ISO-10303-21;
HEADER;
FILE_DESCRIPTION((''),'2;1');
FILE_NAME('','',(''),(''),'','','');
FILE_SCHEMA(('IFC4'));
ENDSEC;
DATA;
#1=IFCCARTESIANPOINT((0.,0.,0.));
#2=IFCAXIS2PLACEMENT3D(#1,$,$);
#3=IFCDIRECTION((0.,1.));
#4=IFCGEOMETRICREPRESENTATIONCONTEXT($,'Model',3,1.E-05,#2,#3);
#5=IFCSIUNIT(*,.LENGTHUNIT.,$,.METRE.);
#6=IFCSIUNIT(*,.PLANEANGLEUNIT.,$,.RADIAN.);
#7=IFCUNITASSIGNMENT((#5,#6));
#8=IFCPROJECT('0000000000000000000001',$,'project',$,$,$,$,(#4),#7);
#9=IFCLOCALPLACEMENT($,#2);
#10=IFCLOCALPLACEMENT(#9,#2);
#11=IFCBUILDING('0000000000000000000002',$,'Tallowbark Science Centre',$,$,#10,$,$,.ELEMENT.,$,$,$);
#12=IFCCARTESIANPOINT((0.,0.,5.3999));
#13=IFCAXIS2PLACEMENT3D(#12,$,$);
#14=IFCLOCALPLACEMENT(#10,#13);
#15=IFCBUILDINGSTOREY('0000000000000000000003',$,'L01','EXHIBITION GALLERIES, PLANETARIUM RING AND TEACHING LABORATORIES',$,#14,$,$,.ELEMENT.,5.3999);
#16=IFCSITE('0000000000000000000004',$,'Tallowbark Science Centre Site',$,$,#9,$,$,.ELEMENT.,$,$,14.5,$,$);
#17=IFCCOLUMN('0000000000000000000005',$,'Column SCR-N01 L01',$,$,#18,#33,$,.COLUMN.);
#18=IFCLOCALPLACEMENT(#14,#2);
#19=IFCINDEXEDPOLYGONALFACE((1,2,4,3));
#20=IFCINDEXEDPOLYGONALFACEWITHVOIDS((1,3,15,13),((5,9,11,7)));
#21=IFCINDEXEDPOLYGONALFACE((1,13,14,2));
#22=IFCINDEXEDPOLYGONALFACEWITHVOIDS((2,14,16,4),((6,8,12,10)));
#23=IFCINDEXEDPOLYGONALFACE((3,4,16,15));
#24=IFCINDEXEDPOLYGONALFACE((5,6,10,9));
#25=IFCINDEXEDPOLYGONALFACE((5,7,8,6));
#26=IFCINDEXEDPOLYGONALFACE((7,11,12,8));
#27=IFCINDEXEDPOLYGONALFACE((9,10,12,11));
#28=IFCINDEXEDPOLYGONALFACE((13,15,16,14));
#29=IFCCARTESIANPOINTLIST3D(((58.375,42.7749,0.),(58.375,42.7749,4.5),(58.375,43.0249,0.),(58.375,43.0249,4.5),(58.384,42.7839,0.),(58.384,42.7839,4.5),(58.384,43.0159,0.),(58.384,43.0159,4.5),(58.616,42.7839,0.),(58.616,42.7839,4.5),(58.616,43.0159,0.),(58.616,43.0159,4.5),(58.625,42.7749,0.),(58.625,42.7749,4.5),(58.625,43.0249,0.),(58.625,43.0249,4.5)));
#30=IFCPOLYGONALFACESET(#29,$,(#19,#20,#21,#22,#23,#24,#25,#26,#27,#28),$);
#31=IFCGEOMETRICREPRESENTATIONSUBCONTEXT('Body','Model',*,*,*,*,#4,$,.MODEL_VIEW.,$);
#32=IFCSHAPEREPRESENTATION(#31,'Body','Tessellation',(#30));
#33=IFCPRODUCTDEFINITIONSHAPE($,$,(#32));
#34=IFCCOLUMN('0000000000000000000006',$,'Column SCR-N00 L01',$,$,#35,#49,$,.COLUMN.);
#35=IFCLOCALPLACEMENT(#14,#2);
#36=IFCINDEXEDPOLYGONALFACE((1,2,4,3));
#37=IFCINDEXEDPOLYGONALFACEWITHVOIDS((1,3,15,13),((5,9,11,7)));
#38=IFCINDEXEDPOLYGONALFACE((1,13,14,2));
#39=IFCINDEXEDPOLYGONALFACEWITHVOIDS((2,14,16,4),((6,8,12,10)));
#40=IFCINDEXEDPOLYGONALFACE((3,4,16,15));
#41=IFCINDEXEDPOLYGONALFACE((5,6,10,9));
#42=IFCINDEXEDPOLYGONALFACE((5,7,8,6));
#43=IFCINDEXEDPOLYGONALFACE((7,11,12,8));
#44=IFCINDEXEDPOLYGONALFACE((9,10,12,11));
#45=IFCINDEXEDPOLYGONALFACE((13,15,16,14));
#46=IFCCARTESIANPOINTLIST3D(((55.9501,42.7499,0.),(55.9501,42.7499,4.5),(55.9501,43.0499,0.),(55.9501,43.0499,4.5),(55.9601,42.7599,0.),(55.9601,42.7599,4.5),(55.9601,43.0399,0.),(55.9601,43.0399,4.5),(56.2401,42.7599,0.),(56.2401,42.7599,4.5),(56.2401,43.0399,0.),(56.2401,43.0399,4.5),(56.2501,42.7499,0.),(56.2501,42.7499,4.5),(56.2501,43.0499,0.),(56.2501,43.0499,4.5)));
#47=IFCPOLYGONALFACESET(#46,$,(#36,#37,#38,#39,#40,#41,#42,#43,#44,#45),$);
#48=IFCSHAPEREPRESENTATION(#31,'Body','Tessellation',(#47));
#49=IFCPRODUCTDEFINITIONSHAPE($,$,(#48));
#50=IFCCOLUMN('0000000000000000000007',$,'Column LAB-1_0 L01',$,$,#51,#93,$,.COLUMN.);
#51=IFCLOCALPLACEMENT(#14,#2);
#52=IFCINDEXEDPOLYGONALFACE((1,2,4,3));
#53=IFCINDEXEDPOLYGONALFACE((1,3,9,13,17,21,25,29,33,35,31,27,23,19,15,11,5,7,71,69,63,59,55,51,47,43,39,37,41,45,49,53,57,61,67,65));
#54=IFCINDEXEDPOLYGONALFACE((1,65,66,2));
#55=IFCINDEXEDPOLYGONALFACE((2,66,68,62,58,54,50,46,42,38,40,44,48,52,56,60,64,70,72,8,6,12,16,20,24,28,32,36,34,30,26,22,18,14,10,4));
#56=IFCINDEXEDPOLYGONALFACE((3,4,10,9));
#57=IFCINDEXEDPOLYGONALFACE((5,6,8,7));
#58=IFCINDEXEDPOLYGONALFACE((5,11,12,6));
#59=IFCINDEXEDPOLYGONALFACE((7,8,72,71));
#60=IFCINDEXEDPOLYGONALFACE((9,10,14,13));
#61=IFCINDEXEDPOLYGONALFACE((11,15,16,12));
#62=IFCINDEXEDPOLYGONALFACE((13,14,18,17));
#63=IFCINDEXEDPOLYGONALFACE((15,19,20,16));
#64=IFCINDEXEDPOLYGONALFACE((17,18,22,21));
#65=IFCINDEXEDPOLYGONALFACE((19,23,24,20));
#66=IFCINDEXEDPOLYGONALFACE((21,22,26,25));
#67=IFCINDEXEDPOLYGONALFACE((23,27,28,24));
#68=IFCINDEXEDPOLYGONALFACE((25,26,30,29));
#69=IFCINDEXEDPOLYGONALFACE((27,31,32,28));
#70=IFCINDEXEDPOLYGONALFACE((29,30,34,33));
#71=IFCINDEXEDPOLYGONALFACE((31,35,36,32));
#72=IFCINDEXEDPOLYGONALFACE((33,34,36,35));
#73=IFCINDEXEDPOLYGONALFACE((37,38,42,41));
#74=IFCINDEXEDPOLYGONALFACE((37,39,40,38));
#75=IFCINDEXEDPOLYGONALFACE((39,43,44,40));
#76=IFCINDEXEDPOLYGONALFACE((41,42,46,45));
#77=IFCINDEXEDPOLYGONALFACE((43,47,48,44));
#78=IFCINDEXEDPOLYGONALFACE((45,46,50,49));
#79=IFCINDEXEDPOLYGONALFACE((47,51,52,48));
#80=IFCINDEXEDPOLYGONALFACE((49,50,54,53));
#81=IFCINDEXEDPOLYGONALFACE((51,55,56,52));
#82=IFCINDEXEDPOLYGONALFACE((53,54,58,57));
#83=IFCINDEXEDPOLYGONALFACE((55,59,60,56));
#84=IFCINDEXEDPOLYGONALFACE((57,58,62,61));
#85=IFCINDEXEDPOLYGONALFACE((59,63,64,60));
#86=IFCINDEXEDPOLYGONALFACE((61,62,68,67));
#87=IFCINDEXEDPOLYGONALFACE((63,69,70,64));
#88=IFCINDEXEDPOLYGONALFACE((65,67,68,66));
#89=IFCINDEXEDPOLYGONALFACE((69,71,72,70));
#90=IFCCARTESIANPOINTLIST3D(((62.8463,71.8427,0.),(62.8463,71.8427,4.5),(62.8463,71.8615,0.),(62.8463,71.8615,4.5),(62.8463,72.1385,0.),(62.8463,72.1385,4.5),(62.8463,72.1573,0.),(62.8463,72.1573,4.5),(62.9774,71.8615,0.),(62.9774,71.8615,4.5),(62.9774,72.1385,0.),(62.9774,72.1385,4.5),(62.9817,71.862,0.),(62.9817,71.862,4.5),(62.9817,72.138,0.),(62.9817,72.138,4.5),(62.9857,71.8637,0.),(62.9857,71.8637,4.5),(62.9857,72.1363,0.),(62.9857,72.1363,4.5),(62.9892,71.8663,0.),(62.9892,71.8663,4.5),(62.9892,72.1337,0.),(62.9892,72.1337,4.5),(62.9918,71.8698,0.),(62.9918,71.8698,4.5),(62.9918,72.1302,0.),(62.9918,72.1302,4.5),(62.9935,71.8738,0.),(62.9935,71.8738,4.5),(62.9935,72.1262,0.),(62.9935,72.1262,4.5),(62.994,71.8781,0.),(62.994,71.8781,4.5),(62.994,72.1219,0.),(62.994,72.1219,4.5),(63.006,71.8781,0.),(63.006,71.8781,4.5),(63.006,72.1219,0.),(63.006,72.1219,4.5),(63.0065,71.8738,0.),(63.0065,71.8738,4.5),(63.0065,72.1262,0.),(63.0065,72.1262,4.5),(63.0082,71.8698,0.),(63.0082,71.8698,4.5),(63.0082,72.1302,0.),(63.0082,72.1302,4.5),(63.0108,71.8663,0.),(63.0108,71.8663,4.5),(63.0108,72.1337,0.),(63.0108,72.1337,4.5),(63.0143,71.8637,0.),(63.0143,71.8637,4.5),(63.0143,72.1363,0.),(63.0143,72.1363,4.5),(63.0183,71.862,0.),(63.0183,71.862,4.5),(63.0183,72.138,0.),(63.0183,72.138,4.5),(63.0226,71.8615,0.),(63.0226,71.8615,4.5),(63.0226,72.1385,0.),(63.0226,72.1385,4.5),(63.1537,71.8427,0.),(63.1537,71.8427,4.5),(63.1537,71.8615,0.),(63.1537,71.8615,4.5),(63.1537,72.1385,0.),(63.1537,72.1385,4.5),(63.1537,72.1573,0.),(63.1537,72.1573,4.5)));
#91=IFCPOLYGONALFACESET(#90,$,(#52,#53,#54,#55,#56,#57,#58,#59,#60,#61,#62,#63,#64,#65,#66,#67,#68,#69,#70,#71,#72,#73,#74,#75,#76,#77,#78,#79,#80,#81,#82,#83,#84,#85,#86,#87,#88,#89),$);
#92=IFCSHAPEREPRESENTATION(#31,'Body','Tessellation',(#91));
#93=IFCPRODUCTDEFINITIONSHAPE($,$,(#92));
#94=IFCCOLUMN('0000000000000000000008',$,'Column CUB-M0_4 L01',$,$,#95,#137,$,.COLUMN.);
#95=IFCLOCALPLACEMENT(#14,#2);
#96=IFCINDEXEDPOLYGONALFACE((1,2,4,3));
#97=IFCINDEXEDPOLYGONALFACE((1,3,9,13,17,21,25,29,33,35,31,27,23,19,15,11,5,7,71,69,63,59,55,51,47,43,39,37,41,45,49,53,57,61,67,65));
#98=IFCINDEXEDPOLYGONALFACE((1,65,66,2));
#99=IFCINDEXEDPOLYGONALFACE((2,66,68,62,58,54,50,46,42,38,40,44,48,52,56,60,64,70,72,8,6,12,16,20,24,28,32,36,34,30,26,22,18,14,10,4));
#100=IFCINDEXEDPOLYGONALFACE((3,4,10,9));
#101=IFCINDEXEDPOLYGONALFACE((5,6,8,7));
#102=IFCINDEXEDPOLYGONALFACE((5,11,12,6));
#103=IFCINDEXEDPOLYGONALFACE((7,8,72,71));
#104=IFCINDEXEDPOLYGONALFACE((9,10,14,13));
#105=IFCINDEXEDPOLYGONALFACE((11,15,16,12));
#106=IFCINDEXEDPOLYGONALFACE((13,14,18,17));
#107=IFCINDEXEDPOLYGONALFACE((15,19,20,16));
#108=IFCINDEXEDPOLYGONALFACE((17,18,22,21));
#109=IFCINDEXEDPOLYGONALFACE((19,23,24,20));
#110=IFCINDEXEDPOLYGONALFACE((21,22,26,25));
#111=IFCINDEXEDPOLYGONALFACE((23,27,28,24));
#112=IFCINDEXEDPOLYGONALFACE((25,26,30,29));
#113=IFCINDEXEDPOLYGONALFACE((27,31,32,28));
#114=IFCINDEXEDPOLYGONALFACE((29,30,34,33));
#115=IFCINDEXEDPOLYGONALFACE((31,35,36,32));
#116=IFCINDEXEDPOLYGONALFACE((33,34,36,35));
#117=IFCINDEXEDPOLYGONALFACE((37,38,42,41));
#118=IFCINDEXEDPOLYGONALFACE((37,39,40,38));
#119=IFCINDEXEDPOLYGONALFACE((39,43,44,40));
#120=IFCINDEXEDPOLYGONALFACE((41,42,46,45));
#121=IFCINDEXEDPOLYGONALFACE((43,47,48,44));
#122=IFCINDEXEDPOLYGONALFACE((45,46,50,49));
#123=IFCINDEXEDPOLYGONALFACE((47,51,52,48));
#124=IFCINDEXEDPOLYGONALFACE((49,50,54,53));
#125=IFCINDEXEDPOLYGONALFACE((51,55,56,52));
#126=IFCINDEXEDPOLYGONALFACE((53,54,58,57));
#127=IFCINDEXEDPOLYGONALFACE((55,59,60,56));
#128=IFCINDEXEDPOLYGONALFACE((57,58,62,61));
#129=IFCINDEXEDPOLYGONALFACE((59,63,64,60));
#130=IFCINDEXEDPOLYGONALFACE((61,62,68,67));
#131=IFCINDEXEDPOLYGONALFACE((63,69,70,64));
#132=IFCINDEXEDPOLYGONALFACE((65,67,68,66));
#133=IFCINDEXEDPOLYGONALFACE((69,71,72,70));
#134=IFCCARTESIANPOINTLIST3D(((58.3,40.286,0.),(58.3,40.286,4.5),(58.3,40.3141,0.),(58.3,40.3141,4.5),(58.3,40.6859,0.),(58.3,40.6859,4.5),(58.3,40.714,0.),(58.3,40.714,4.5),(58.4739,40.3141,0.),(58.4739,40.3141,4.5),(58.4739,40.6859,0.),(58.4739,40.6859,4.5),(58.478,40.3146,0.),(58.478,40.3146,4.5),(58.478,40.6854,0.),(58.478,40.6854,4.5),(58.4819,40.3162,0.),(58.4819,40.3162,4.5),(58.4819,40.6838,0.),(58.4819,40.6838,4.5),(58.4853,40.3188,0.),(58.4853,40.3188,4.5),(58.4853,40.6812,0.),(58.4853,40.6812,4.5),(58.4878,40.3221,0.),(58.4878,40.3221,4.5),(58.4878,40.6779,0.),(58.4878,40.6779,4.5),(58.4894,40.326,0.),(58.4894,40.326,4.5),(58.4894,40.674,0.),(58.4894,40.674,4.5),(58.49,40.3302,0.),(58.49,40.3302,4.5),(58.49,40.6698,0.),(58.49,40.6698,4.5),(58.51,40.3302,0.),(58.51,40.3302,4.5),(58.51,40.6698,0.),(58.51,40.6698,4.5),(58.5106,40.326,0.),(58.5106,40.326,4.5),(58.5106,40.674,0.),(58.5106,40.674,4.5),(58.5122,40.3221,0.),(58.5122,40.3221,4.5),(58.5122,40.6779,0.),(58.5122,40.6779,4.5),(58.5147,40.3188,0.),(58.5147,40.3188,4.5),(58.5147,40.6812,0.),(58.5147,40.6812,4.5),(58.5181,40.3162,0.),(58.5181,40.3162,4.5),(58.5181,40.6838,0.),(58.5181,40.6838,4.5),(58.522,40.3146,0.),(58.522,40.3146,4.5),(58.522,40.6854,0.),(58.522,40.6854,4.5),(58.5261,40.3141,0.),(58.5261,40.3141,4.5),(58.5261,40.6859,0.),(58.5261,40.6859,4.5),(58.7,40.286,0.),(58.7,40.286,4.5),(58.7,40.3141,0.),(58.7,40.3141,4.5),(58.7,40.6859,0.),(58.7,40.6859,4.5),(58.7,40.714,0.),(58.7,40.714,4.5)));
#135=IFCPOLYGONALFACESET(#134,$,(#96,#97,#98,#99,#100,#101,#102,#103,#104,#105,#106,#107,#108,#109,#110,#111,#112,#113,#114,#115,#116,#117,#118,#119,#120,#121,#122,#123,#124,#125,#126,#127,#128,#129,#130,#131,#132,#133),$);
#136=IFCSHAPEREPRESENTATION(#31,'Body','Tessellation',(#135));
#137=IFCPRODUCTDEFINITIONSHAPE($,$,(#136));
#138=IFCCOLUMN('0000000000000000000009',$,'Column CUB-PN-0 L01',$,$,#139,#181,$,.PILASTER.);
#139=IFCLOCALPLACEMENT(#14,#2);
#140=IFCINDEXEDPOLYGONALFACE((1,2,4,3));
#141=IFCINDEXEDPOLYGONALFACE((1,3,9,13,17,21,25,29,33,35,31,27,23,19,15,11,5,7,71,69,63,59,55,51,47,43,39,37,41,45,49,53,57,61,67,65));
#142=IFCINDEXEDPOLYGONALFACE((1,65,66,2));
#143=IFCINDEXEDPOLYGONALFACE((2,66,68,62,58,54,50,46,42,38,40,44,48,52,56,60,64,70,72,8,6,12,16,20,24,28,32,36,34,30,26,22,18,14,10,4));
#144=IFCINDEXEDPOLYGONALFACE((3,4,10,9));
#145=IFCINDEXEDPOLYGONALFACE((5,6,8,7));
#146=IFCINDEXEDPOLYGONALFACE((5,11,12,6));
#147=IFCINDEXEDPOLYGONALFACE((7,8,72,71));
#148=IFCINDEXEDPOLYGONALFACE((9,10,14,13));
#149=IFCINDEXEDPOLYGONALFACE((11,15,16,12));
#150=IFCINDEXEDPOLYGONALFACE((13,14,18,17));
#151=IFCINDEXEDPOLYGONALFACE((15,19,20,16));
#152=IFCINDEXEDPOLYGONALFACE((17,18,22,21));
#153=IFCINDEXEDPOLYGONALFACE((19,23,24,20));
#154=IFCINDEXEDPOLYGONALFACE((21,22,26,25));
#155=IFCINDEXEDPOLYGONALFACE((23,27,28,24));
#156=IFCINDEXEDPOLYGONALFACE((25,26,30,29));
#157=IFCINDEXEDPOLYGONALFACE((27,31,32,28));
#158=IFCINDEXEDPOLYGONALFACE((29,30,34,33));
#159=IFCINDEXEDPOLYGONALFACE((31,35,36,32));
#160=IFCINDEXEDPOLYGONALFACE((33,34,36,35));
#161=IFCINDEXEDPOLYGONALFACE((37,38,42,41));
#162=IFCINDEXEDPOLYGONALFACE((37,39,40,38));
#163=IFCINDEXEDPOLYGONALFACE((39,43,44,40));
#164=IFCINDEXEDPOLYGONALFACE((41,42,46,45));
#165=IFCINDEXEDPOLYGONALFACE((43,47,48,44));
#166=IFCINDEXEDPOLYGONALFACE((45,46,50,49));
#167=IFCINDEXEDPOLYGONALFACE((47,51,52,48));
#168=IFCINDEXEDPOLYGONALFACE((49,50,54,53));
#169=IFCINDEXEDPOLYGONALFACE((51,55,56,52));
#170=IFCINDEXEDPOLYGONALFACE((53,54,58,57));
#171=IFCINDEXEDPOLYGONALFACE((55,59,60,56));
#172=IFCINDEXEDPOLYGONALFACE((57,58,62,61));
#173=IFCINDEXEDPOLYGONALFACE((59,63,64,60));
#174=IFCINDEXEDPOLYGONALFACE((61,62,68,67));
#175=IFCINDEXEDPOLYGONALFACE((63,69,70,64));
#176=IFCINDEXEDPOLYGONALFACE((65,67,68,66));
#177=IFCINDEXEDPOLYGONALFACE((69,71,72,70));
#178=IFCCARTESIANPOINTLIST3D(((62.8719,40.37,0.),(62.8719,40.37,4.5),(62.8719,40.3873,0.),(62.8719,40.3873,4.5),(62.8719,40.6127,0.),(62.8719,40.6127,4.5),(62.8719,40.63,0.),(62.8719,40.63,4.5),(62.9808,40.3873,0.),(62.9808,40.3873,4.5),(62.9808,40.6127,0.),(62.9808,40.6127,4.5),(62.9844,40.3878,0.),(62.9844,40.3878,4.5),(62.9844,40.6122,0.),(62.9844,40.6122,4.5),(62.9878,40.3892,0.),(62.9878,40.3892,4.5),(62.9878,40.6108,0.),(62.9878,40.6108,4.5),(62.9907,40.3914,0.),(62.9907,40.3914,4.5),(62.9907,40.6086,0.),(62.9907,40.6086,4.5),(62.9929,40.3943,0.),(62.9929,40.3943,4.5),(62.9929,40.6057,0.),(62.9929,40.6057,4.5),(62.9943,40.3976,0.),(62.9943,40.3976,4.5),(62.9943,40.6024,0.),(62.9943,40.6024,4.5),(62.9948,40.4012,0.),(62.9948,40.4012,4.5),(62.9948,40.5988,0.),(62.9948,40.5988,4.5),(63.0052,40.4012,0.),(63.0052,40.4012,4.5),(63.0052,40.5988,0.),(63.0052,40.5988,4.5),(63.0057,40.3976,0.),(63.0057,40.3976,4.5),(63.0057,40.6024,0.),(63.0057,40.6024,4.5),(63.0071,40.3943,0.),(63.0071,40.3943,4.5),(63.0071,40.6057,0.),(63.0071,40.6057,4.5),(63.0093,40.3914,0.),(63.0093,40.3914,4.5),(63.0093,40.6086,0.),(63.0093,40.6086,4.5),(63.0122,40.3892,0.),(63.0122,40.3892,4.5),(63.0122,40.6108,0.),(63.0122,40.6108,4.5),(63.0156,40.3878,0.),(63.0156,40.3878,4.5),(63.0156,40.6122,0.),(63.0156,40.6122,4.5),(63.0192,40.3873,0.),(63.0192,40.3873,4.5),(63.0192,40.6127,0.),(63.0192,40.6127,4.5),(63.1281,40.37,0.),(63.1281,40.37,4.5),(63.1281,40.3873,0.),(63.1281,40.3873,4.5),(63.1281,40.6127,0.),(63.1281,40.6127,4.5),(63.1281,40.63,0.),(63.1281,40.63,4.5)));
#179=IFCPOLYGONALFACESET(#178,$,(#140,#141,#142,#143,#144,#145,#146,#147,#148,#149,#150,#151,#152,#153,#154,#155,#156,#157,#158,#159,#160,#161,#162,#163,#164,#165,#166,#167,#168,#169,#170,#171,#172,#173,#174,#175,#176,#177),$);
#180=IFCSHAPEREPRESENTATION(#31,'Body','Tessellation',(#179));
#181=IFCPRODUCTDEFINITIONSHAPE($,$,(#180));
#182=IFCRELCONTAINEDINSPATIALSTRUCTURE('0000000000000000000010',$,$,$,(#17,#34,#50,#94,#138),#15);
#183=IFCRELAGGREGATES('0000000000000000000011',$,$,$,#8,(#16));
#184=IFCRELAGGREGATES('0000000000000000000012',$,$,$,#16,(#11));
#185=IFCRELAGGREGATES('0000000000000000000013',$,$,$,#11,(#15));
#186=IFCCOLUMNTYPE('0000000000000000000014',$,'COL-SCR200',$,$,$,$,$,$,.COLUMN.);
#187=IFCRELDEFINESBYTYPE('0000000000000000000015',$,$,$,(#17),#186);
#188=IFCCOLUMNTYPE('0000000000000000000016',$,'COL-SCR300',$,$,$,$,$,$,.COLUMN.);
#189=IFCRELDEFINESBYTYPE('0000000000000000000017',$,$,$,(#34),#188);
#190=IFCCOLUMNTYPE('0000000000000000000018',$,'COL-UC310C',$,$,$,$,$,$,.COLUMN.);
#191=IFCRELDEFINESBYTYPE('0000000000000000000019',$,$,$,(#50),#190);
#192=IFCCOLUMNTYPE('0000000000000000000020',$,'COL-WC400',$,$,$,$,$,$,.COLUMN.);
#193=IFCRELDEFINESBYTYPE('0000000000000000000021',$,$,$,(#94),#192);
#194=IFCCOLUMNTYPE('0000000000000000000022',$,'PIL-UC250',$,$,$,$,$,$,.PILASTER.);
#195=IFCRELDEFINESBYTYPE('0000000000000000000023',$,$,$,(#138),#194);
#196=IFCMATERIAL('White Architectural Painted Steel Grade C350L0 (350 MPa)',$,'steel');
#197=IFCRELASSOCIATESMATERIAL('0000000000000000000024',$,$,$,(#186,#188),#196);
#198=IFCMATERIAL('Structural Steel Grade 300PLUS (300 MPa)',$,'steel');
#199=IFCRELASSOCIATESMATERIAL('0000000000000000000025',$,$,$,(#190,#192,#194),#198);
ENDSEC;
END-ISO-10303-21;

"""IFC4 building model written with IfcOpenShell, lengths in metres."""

from ifc_helpers import new_model, si_unit, direction, frame, origin, origin_2d, place, context, subcontext, project, spatial, hollow_rectangle, i_section, extrude, material, material_profile, profile_set, type_object, element, save


model = new_model("IFC4")

# Units and contexts
model_context = context("Model", 3, precision=1e-05, world=origin(), true_north=direction((0.0, 1.0)))
body_context = subcontext(model_context, "Body", "Model", "MODEL_VIEW")
ifc_project = project(units=[si_unit("LENGTHUNIT", "METRE"), si_unit("PLANEANGLEUNIT", "RADIAN")], contexts=[model_context])

# Site, building, storey
site_placement = place(None, origin())
site = spatial("IfcSite", under=ifc_project, at=site_placement, Name="Tallowbark Science Centre Site", CompositionType="ELEMENT", RefElevation=14.5)
building_placement = place(site_placement, origin())
building = spatial("IfcBuilding", under=site, at=building_placement, Name="Tallowbark Science Centre", CompositionType="ELEMENT")
storey_placement = place(building_placement, frame((0.0, 0.0, 5.3999)))
storey = spatial("IfcBuildingStorey", under=building, at=storey_placement, Name="L01", Description="EXHIBITION GALLERIES, PLANETARIUM RING AND TEACHING LABORATORIES", CompositionType="ELEMENT", Elevation=5.3999)

# Columns
ifc_material_1 = material(Name="White Architectural Painted Steel Grade C350L0 (350 MPa)", Category="steel")
ifc_material_profile_1 = material_profile(ifc_material_1, hollow_rectangle(XDim=0.25, YDim=0.25, WallThickness=0.009, at=origin_2d()), Name="250x250x9.0SHS")
ifc_profile_set_1 = profile_set([ifc_material_profile_1], Name="White Architectural Painted Steel Grade C350L0 (350 MPa)")
column_type_1 = type_object("IfcColumnType", Name="COL-SCR200", PredefinedType="COLUMN", material=ifc_profile_set_1)
column_1_placement = place(storey_placement, frame((58.5, 42.8999, 0.0), z_axis=(0.0, 0.0, 1.0), x_axis=(1.0, 0.0, 0.0)))
element("IfcColumn", 1, at=column_1_placement, inside=storey, type_object=column_type_1, Name="Column SCR-N01 L01", PredefinedType="COLUMN", context=body_context, shape_type="SweptSolid", body=[
    extrude(hollow_rectangle(XDim=0.25, YDim=0.25, WallThickness=0.009, at=origin_2d()), origin(), (0.0, 0.0, 1.0), 4.5),
])
ifc_material_profile_2 = material_profile(ifc_material_1, hollow_rectangle(XDim=0.3, YDim=0.3, WallThickness=0.01, at=origin_2d()), Name="300x300x10.0SHS")
ifc_profile_set_2 = profile_set([ifc_material_profile_2], Name="White Architectural Painted Steel Grade C350L0 (350 MPa)")
column_type_2 = type_object("IfcColumnType", Name="COL-SCR300", PredefinedType="COLUMN", material=ifc_profile_set_2)
column_2_placement = place(storey_placement, frame((56.1001, 42.8999, 0.0), z_axis=(0.0, 0.0, 1.0), x_axis=(1.0, 0.0, 0.0)))
element("IfcColumn", 2, at=column_2_placement, inside=storey, type_object=column_type_2, Name="Column SCR-N00 L01", PredefinedType="COLUMN", context=body_context, shape_type="SweptSolid", body=[
    extrude(hollow_rectangle(XDim=0.3, YDim=0.3, WallThickness=0.01, at=origin_2d()), origin(), (0.0, 0.0, 1.0), 4.5),
])
ifc_material_2 = material(Name="Structural Steel Grade 300PLUS (300 MPa)", Category="steel")
ifc_material_profile_3 = material_profile(ifc_material_2, i_section(OverallWidth=0.3074, OverallDepth=0.3147, WebThickness=0.012, FlangeThickness=0.0188, FilletRadius=0.0166, at=origin_2d()), Name="310UC118")
ifc_profile_set_3 = profile_set([ifc_material_profile_3], Name="Structural Steel Grade 300PLUS (300 MPa)")
column_type_3 = type_object("IfcColumnType", Name="COL-UC310C", PredefinedType="COLUMN", material=ifc_profile_set_3)
column_3_placement = place(storey_placement, frame((63.0, 72.0, 0.0), z_axis=(0.0, 0.0, 1.0), x_axis=(1.0, 0.0, 0.0)))
element("IfcColumn", 3, at=column_3_placement, inside=storey, type_object=column_type_3, Name="Column LAB-1_0 L01", PredefinedType="COLUMN", context=body_context, shape_type="SweptSolid", body=[
    extrude(i_section(OverallWidth=0.3074, OverallDepth=0.3147, WebThickness=0.012, FlangeThickness=0.0188, FilletRadius=0.0166, at=origin_2d()), origin(), (0.0, 0.0, 1.0), 4.5),
])
ifc_material_profile_4 = material_profile(ifc_material_2, i_section(OverallWidth=0.3999, OverallDepth=0.428, WebThickness=0.02, FlangeThickness=0.0281, FilletRadius=0.0161, at=origin_2d()), Name="400WC270")
ifc_profile_set_4 = profile_set([ifc_material_profile_4], Name="Structural Steel Grade 300PLUS (300 MPa)")
column_type_4 = type_object("IfcColumnType", Name="COL-WC400", PredefinedType="COLUMN", material=ifc_profile_set_4)
column_4_placement = place(storey_placement, frame((58.5, 40.5, 0.0), z_axis=(0.0, 0.0, 1.0), x_axis=(1.0, 0.0, 0.0)))
element("IfcColumn", 4, at=column_4_placement, inside=storey, type_object=column_type_4, Name="Column CUB-M0_4 L01", PredefinedType="COLUMN", context=body_context, shape_type="SweptSolid", body=[
    extrude(i_section(OverallWidth=0.3999, OverallDepth=0.428, WebThickness=0.02, FlangeThickness=0.0281, FilletRadius=0.0161, at=origin_2d()), origin(), (0.0, 0.0, 1.0), 4.5),
])
ifc_material_profile_5 = material_profile(ifc_material_2, i_section(OverallWidth=0.2561, OverallDepth=0.26, WebThickness=0.0105, FlangeThickness=0.0173, FilletRadius=0.0139, at=origin_2d()), Name="250UC89.5")
ifc_profile_set_5 = profile_set([ifc_material_profile_5], Name="Structural Steel Grade 300PLUS (300 MPa)")
column_type_5 = type_object("IfcColumnType", Name="PIL-UC250", PredefinedType="PILASTER", material=ifc_profile_set_5)
for number, where, z_axis, x_axis, name in (
    (5, (63.0, 40.5, 0.0), (0.0, 0.0, 1.0), (1.0, 0.0, 0.0), "Column CUB-PN-0 L01"),
):
    element("IfcColumn", number, at=place(storey_placement, frame(where, z_axis=z_axis, x_axis=x_axis)), inside=storey, type_object=column_type_5, Name=name, PredefinedType="PILASTER", context=body_context, shape_type="SweptSolid", body=[
        extrude(i_section(OverallWidth=0.2561, OverallDepth=0.26, WebThickness=0.0105, FlangeThickness=0.0173, FilletRadius=0.0139, at=origin_2d()), origin(), (0.0, 0.0, 1.0), 4.5),
    ])

save(model, "model.ifc")
